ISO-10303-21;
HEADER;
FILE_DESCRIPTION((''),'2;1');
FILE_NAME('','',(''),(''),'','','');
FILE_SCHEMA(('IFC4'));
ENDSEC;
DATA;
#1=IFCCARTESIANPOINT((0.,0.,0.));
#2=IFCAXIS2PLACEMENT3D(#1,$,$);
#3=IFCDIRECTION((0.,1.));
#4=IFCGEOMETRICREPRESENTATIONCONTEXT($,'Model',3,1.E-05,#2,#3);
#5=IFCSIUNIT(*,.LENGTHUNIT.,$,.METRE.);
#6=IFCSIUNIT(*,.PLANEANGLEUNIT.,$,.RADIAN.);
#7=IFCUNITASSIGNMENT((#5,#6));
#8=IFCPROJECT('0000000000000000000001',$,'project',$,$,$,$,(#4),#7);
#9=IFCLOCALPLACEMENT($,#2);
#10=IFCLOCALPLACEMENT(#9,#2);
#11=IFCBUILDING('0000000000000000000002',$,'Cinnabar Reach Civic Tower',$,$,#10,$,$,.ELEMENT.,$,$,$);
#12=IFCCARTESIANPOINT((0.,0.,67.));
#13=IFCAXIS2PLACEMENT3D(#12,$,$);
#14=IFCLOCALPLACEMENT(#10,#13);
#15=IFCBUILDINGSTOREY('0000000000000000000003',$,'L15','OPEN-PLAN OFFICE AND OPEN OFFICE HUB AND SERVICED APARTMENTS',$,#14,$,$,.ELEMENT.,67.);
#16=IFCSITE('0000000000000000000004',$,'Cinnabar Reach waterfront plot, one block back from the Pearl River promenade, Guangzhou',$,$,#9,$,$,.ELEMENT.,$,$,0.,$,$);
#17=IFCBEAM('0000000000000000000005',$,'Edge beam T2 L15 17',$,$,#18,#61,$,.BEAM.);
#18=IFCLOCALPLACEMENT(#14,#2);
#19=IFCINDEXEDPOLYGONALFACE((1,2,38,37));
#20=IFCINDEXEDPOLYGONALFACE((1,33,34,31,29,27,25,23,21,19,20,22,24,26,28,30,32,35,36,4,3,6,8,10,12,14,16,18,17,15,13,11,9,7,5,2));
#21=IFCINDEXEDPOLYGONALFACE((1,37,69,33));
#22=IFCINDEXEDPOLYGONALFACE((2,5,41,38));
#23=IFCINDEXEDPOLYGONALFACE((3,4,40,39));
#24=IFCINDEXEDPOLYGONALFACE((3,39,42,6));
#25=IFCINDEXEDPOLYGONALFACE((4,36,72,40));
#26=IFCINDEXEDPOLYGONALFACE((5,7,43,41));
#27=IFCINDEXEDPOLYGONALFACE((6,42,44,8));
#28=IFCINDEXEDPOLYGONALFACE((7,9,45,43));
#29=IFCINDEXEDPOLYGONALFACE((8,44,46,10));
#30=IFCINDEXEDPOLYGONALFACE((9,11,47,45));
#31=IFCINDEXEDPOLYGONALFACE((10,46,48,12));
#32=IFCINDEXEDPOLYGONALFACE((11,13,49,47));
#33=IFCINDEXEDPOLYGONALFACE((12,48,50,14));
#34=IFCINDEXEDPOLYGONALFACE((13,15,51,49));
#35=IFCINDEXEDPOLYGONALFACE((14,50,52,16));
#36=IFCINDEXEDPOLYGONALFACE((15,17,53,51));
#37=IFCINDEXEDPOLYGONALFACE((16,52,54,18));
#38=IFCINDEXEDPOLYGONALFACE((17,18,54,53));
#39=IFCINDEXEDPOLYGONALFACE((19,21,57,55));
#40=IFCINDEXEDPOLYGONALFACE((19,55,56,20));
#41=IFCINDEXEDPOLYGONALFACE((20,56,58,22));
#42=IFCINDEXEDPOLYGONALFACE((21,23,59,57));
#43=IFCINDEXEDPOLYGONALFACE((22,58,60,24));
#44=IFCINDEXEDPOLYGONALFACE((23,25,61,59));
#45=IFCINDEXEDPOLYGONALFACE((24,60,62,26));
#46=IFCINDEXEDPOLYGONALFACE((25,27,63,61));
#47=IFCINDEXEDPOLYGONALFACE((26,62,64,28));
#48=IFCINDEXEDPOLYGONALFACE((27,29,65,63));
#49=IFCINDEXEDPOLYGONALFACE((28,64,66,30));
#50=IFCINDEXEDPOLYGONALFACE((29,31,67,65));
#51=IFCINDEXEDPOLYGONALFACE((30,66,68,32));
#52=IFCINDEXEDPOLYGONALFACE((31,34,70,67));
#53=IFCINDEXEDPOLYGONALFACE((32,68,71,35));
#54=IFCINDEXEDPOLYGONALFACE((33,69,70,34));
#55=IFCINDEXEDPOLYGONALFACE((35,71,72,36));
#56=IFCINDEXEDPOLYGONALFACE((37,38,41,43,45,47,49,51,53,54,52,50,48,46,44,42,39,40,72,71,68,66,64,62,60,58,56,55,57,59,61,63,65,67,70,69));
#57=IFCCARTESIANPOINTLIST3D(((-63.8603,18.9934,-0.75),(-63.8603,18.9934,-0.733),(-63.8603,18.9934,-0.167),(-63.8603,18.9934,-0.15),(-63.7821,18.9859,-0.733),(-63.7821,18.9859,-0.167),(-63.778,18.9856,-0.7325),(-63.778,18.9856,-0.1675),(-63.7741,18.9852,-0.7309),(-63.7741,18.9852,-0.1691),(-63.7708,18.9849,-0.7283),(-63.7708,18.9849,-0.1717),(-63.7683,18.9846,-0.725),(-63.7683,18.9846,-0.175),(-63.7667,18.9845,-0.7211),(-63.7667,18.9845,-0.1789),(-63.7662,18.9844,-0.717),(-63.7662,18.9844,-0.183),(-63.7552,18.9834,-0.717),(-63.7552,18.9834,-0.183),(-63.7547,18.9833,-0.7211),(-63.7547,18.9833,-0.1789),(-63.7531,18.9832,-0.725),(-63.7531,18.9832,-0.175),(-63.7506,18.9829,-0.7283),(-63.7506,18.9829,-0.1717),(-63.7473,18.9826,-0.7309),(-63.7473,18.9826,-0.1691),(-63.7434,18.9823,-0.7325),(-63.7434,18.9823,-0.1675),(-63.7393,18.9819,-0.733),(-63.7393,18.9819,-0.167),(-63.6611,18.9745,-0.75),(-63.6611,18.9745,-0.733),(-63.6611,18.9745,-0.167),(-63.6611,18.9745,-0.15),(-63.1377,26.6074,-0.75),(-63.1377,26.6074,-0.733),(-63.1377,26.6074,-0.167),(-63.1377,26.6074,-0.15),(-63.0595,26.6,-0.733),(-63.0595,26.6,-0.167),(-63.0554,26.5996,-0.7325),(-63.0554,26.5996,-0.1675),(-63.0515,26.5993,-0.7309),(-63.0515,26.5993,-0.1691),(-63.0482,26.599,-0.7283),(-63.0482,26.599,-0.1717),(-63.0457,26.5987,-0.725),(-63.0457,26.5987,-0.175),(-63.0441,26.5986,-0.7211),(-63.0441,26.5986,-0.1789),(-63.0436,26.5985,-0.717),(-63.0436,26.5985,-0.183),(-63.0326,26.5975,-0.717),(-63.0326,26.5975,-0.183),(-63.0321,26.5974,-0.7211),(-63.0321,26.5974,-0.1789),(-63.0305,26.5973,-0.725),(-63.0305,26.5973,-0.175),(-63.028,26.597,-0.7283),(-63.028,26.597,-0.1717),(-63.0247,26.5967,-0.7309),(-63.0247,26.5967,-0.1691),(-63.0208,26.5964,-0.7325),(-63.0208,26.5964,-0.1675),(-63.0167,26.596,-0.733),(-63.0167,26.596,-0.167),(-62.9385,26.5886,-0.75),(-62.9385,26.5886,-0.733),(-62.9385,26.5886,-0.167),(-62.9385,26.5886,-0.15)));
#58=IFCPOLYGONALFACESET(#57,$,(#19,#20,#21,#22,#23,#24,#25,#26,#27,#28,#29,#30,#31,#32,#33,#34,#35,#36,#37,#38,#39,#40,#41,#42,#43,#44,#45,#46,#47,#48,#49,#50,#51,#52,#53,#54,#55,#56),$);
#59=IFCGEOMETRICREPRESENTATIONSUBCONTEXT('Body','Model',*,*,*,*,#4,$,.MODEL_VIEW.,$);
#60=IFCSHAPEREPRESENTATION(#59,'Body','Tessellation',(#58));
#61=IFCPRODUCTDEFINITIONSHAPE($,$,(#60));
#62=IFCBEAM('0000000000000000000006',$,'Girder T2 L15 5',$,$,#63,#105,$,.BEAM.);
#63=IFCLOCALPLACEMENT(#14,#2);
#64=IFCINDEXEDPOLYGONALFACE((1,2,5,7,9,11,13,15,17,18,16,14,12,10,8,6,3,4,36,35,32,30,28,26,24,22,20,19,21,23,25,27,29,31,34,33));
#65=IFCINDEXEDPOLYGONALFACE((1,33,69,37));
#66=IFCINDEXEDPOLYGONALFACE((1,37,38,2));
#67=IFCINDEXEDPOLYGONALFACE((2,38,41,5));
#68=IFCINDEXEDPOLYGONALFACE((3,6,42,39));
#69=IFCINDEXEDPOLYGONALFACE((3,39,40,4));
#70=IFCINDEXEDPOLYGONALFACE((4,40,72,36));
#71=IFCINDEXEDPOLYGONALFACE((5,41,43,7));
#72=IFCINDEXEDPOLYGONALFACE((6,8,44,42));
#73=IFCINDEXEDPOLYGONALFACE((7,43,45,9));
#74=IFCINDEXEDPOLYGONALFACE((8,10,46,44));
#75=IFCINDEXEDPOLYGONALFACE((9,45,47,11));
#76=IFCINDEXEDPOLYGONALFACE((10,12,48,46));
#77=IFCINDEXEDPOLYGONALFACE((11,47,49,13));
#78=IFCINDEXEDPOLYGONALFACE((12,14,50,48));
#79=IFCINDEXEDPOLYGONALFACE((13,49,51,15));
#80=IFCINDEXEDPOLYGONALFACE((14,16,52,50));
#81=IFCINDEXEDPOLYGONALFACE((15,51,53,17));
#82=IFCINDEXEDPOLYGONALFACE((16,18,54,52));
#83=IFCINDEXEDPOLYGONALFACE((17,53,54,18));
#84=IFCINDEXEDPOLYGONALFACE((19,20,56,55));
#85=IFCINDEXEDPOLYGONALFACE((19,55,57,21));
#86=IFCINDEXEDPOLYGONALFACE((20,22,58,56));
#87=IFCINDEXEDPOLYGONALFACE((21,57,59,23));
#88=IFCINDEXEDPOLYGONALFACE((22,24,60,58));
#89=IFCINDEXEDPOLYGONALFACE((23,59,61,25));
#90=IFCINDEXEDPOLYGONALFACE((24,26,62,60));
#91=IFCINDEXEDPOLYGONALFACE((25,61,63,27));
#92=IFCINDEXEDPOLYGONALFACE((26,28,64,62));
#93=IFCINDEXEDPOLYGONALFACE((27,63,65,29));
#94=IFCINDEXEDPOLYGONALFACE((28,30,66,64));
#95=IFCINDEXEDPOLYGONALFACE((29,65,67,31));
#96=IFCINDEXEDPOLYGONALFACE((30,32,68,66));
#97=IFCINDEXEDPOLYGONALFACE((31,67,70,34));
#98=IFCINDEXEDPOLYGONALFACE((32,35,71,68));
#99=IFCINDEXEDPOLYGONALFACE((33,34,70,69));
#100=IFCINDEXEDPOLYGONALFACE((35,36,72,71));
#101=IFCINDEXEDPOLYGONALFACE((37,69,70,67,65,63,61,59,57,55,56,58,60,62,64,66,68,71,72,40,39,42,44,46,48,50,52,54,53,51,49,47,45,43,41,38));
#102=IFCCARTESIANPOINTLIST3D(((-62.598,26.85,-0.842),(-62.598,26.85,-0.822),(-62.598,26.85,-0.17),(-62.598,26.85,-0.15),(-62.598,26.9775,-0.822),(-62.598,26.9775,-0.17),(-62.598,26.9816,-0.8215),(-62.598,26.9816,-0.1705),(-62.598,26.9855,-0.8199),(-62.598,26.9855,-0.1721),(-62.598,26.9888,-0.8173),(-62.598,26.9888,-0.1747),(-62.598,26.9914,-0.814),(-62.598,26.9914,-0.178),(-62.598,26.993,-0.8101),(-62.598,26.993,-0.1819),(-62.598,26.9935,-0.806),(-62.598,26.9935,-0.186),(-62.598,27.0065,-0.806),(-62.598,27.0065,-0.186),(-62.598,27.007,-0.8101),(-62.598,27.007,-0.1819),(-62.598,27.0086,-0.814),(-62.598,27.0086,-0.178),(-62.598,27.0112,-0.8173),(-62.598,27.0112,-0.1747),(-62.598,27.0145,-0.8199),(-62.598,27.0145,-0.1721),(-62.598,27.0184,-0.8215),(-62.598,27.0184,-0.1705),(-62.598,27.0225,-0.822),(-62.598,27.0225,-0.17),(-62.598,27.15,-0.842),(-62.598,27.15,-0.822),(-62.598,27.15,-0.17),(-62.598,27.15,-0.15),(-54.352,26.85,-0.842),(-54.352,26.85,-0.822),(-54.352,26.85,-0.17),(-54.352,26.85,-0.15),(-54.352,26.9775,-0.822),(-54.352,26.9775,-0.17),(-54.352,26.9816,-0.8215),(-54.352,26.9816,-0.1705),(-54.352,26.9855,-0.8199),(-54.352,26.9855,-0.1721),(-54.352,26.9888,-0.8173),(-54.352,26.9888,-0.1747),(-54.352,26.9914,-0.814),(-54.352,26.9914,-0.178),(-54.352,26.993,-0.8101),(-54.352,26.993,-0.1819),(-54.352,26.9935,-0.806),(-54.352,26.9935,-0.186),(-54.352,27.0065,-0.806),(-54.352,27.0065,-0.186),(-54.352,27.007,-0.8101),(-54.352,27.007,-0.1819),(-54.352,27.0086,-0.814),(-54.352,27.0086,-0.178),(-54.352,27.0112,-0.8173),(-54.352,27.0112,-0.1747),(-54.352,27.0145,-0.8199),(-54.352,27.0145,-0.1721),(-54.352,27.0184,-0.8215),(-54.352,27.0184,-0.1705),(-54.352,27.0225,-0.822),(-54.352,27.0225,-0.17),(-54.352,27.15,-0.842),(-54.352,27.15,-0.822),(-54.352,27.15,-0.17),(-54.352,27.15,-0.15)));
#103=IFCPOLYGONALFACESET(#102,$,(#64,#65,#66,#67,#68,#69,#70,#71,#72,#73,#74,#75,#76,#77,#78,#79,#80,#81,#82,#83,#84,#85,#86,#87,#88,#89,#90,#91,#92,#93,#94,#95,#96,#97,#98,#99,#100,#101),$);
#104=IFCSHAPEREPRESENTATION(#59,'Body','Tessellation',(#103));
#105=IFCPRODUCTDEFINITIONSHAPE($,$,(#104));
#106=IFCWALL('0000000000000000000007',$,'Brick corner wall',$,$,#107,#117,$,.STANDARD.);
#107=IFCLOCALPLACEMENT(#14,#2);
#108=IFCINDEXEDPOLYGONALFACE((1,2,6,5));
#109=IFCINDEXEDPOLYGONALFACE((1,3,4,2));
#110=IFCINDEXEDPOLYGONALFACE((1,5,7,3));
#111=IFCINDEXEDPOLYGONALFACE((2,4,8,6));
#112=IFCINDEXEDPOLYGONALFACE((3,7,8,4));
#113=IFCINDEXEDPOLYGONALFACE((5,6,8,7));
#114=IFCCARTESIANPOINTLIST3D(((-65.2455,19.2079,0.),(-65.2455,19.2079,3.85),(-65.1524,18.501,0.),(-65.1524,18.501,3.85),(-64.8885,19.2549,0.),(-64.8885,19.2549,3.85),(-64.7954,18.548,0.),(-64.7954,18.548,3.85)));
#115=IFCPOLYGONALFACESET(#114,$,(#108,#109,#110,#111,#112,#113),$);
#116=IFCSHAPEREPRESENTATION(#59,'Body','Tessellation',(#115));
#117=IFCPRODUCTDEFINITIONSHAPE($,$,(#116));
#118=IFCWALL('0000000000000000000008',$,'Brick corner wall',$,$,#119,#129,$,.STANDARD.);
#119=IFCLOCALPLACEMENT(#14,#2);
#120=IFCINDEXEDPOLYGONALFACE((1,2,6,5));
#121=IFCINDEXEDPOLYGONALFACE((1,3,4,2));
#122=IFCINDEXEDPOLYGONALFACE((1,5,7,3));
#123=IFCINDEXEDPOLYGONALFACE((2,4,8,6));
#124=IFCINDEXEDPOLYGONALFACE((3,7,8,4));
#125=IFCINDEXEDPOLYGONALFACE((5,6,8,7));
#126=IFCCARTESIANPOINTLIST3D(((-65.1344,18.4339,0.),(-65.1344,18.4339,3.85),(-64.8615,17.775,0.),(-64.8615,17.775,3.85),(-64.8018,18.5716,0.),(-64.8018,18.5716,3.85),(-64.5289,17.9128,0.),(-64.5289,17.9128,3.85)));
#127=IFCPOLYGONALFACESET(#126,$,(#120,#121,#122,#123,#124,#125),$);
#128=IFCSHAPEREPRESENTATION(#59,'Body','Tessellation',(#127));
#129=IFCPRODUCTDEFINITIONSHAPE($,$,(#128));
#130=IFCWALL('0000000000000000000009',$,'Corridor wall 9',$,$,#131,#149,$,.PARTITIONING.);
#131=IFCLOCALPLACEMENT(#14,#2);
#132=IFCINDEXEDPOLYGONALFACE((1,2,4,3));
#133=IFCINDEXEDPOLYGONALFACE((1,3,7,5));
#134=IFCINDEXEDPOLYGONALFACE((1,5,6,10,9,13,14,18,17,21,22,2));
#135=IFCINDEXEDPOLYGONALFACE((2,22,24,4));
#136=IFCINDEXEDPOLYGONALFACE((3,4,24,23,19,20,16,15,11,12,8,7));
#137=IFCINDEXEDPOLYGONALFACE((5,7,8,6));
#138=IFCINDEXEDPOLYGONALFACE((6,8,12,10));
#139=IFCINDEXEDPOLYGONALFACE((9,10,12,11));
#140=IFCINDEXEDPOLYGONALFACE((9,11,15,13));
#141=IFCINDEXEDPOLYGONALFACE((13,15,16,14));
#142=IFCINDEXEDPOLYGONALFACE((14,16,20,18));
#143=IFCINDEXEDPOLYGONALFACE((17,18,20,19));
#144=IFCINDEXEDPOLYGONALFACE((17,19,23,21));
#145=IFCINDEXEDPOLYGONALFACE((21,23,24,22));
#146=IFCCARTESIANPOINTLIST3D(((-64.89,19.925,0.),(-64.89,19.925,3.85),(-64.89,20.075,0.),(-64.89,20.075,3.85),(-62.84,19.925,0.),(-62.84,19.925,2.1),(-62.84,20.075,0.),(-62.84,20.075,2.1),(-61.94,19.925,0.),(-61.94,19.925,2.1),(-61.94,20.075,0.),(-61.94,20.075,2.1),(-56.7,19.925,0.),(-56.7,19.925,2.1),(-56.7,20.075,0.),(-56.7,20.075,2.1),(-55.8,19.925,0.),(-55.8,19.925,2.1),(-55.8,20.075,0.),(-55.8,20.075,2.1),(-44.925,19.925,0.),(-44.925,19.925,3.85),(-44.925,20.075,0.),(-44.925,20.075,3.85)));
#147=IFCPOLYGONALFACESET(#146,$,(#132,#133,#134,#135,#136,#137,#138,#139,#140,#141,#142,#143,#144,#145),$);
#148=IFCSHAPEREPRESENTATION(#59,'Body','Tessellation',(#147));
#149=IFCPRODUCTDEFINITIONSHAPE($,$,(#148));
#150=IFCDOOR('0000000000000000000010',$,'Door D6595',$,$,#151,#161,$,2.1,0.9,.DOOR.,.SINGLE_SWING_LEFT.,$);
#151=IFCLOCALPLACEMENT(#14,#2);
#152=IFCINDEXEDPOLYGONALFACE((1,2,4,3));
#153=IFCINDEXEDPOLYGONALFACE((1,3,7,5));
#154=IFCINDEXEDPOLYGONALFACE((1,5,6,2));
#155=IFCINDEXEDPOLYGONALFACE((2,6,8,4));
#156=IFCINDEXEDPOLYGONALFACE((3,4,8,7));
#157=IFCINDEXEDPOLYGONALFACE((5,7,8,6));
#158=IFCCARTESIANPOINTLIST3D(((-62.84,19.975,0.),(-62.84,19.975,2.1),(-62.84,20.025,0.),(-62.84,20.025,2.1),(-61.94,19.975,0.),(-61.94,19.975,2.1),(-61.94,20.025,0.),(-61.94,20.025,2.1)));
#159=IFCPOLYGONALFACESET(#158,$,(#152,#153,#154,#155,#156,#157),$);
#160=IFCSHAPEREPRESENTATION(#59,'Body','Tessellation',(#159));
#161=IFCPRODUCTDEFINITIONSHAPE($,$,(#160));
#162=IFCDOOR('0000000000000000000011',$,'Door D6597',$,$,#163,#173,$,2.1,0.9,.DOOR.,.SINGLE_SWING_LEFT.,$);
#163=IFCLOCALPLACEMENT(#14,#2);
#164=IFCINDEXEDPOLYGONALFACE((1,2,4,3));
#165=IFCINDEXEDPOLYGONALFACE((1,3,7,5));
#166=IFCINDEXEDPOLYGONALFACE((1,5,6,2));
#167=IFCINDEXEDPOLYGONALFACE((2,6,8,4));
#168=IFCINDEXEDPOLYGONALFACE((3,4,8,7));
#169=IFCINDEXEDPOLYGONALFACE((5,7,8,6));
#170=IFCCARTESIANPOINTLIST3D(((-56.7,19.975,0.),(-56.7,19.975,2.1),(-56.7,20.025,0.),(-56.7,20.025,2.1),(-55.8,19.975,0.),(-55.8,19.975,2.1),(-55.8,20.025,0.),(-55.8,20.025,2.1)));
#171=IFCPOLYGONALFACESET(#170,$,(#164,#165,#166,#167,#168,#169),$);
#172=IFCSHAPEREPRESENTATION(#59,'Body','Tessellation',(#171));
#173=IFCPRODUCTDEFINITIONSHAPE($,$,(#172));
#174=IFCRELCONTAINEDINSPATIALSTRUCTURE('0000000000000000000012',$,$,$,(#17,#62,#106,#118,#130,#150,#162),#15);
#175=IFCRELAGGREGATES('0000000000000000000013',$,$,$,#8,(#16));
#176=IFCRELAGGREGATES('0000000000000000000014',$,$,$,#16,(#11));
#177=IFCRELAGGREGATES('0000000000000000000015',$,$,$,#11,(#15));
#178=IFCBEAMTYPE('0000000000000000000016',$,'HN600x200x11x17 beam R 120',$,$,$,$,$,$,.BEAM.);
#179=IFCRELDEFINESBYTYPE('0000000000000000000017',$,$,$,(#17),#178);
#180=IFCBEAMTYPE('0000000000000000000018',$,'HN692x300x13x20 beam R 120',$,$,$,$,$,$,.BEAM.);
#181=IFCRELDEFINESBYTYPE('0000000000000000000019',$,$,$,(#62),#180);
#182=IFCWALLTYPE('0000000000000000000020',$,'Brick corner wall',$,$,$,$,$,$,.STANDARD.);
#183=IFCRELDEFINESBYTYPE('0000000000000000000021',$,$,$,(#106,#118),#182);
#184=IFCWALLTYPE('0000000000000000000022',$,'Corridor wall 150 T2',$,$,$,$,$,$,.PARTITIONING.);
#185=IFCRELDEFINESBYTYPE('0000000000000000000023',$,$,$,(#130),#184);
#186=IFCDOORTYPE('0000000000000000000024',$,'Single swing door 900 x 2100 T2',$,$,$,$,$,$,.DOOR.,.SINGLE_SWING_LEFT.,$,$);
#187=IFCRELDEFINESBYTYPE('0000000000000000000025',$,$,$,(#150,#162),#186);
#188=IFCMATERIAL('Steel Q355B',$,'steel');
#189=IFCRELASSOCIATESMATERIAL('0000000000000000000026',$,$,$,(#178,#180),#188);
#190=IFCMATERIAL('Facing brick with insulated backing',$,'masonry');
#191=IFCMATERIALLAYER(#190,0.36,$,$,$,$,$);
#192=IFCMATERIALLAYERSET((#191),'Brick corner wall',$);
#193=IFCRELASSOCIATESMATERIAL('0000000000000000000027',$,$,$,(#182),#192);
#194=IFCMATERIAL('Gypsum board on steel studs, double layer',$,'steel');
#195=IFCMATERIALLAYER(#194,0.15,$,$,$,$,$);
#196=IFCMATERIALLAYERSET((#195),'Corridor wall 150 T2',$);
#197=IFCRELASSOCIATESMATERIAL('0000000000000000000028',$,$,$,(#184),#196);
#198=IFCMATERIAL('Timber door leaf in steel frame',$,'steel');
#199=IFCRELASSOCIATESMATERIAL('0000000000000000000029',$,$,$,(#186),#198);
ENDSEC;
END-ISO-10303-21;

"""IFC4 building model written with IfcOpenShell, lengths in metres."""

from ifc_helpers import new_model, si_unit, direction, frame, frame_2d, origin, origin_2d, place, context, subcontext, project, spatial, rectangle, i_section, extrude, material, layer, layer_set, material_profile, profile_set, type_object, element, fill, save


model = new_model("IFC4")

# Units and contexts
model_context = context("Model", 3, precision=1e-05, world=origin(), true_north=direction((0.0, 1.0)))
body_context = subcontext(model_context, "Body", "Model", "MODEL_VIEW")
ifc_project = project(units=[si_unit("LENGTHUNIT", "METRE"), si_unit("PLANEANGLEUNIT", "RADIAN")], contexts=[model_context])

# Site, building, storey
site_placement = place(None, origin())
site = spatial("IfcSite", under=ifc_project, at=site_placement, Name="Cinnabar Reach waterfront plot, one block back from the Pearl River promenade, Guangzhou", CompositionType="ELEMENT", RefElevation=0.0)
building_placement = place(site_placement, origin())
building = spatial("IfcBuilding", under=site, at=building_placement, Name="Cinnabar Reach Civic Tower", CompositionType="ELEMENT")
storey_placement = place(building_placement, frame((0.0, 0.0, 67.0)))
storey = spatial("IfcBuildingStorey", under=building, at=storey_placement, Name="L15", Description="OPEN-PLAN OFFICE AND OPEN OFFICE HUB AND SERVICED APARTMENTS", CompositionType="ELEMENT", Elevation=67.0)

# Beams
ifc_material_1 = material(Name="Steel Q355B", Category="steel")
ifc_material_profile_1 = material_profile(ifc_material_1, i_section(OverallWidth=0.2, OverallDepth=0.6, WebThickness=0.011, FlangeThickness=0.017, FilletRadius=0.016, at=origin_2d()), Name="HN600x200x11x17")
ifc_profile_set_1 = profile_set([ifc_material_profile_1], Name="Steel Q355B")
beam_type_1 = type_object("IfcBeamType", Name="HN600x200x11x17 beam R 120", PredefinedType="BEAM", material=ifc_profile_set_1)
beam_1_placement = place(storey_placement, frame((-63.0381, 26.598, -0.45), z_axis=(-0.094478, -0.995527, 0.0), x_axis=(0.995527, -0.094478, 0.0)))
element("IfcBeam", 1, at=beam_1_placement, inside=storey, type_object=beam_type_1, Name="Edge beam T2 L15 17", PredefinedType="BEAM", context=body_context, shape_type="SweptSolid", body=[
    extrude(i_section(OverallWidth=0.2, OverallDepth=0.6, WebThickness=0.011, FlangeThickness=0.017, FilletRadius=0.016, at=origin_2d()), origin(), (0.0, 0.0, 1.0), 7.6483),
])
ifc_material_profile_2 = material_profile(ifc_material_1, i_section(OverallWidth=0.3, OverallDepth=0.692, WebThickness=0.013, FlangeThickness=0.02, FilletRadius=0.016, at=origin_2d()), Name="HN692x300x13x20")
ifc_profile_set_2 = profile_set([ifc_material_profile_2], Name="Steel Q355B")
beam_type_2 = type_object("IfcBeamType", Name="HN692x300x13x20 beam R 120", PredefinedType="BEAM", material=ifc_profile_set_2)
beam_2_placement = place(storey_placement, frame((-62.598, 27.0, -0.496), z_axis=(1.0, 0.0, 0.0), x_axis=(0.0, 1.0, 0.0)))
element("IfcBeam", 2, at=beam_2_placement, inside=storey, type_object=beam_type_2, Name="Girder T2 L15 5", PredefinedType="BEAM", context=body_context, shape_type="SweptSolid", body=[
    extrude(i_section(OverallWidth=0.3, OverallDepth=0.692, WebThickness=0.013, FlangeThickness=0.02, FilletRadius=0.016, at=origin_2d()), origin(), (0.0, 0.0, 1.0), 8.246),
])

# Walls
ifc_material_2 = material(Name="Facing brick with insulated backing", Category="masonry")
ifc_layer_1 = layer(ifc_material_2, 0.36)
ifc_layer_set_1 = layer_set([ifc_layer_1], Name="Brick corner wall")
wall_type_1 = type_object("IfcWallType", Name="Brick corner wall", PredefinedType="STANDARD", material=ifc_layer_set_1)
for number, where, z_axis, x_axis, name in (
    (3, (-65.067, 19.2314, 0.0), (0.0, 0.0, 1.0), (0.130556, -0.991441, 0.0), "Brick corner wall"),
    (4, (-64.9681, 18.5027, 0.0), (0.0, 0.0, 1.0), (0.382703, -0.923872, 0.0), "Brick corner wall"),
):
    element("IfcWall", number, at=place(storey_placement, frame(where, z_axis=z_axis, x_axis=x_axis)), inside=storey, type_object=wall_type_1, Name=name, PredefinedType="STANDARD", context=body_context, shape_type="SweptSolid", body=[
        extrude(rectangle(XDim=0.7131, YDim=0.36, at=frame_2d((0.3565, 0.0))), origin(), (0.0, 0.0, 1.0), 3.85),
    ])

# Wall, openings, doors
ifc_material_3 = material(Name="Gypsum board on steel studs, double layer", Category="steel")
ifc_layer_2 = layer(ifc_material_3, 0.15)
ifc_layer_set_2 = layer_set([ifc_layer_2], Name="Corridor wall 150 T2")
wall_type_2 = type_object("IfcWallType", Name="Corridor wall 150 T2", PredefinedType="PARTITIONING", material=ifc_layer_set_2)
wall_1_placement = place(storey_placement, frame((-64.89, 20.0, 0.0), z_axis=(0.0, 0.0, 1.0), x_axis=(1.0, 0.0, 0.0)))
wall_1 = element("IfcWall", 5, at=wall_1_placement, inside=storey, type_object=wall_type_2, Name="Corridor wall 9", PredefinedType="PARTITIONING", context=body_context, shape_type="SweptSolid", body=[
    extrude(rectangle(XDim=19.965, YDim=0.15, at=frame_2d((9.9825, 0.0))), origin(), (0.0, 0.0, 1.0), 3.85),
])
opening_1_placement = place(wall_1_placement, frame((2.05, 0.0, 0.0)))
opening_1 = element("IfcOpeningElement", 6, at=opening_1_placement, cuts=wall_1, PredefinedType="OPENING", context=body_context, shape_type="SweptSolid", body=[
    extrude(rectangle(XDim=0.9, YDim=2.1, at=frame_2d((0.45, 1.05))), frame((0.0, 0.085, 0.0), z_axis=(0.0, -1.0, 0.0), x_axis=(1.0, 0.0, 0.0)), (0.0, 0.0, 1.0), 0.17),
])
opening_2_placement = place(wall_1_placement, frame((8.19, 0.0, 0.0)))
opening_2 = element("IfcOpeningElement", 7, at=opening_2_placement, cuts=wall_1, PredefinedType="OPENING", context=body_context, shape_type="SweptSolid", body=[
    extrude(rectangle(XDim=0.9, YDim=2.1, at=frame_2d((0.45, 1.05))), frame((0.0, 0.085, 0.0), z_axis=(0.0, -1.0, 0.0), x_axis=(1.0, 0.0, 0.0)), (0.0, 0.0, 1.0), 0.17),
])
ifc_material_4 = material(Name="Timber door leaf in steel frame", Category="steel")
door_type = type_object("IfcDoorType", Name="Single swing door 900 x 2100 T2", OperationType="SINGLE_SWING_LEFT", PredefinedType="DOOR", material=ifc_material_4)
door_1_placement = place(opening_1_placement, origin())
door_1 = element("IfcDoor", 8, at=door_1_placement, inside=storey, type_object=door_type, Name="Door D6595", OperationType="SINGLE_SWING_LEFT", OverallHeight=2.1, OverallWidth=0.9, PredefinedType="DOOR", context=body_context, shape_type="SweptSolid", body=[
    extrude(rectangle(XDim=0.9, YDim=2.1, at=frame_2d((0.45, 1.05))), frame((0.0, 0.025, 0.0), z_axis=(0.0, -1.0, 0.0), x_axis=(1.0, 0.0, 0.0)), (0.0, 0.0, 1.0), 0.05),
])
fill(opening_1, door_1)
door_2_placement = place(opening_2_placement, origin())
door_2 = element("IfcDoor", 9, at=door_2_placement, inside=storey, type_object=door_type, Name="Door D6597", OperationType="SINGLE_SWING_LEFT", OverallHeight=2.1, OverallWidth=0.9, PredefinedType="DOOR", context=body_context, shape_type="SweptSolid", body=[
    extrude(rectangle(XDim=0.9, YDim=2.1, at=frame_2d((0.45, 1.05))), frame((0.0, 0.025, 0.0), z_axis=(0.0, -1.0, 0.0), x_axis=(1.0, 0.0, 0.0)), (0.0, 0.0, 1.0), 0.05),
])
fill(opening_2, door_2)

save(model, "model.ifc")
